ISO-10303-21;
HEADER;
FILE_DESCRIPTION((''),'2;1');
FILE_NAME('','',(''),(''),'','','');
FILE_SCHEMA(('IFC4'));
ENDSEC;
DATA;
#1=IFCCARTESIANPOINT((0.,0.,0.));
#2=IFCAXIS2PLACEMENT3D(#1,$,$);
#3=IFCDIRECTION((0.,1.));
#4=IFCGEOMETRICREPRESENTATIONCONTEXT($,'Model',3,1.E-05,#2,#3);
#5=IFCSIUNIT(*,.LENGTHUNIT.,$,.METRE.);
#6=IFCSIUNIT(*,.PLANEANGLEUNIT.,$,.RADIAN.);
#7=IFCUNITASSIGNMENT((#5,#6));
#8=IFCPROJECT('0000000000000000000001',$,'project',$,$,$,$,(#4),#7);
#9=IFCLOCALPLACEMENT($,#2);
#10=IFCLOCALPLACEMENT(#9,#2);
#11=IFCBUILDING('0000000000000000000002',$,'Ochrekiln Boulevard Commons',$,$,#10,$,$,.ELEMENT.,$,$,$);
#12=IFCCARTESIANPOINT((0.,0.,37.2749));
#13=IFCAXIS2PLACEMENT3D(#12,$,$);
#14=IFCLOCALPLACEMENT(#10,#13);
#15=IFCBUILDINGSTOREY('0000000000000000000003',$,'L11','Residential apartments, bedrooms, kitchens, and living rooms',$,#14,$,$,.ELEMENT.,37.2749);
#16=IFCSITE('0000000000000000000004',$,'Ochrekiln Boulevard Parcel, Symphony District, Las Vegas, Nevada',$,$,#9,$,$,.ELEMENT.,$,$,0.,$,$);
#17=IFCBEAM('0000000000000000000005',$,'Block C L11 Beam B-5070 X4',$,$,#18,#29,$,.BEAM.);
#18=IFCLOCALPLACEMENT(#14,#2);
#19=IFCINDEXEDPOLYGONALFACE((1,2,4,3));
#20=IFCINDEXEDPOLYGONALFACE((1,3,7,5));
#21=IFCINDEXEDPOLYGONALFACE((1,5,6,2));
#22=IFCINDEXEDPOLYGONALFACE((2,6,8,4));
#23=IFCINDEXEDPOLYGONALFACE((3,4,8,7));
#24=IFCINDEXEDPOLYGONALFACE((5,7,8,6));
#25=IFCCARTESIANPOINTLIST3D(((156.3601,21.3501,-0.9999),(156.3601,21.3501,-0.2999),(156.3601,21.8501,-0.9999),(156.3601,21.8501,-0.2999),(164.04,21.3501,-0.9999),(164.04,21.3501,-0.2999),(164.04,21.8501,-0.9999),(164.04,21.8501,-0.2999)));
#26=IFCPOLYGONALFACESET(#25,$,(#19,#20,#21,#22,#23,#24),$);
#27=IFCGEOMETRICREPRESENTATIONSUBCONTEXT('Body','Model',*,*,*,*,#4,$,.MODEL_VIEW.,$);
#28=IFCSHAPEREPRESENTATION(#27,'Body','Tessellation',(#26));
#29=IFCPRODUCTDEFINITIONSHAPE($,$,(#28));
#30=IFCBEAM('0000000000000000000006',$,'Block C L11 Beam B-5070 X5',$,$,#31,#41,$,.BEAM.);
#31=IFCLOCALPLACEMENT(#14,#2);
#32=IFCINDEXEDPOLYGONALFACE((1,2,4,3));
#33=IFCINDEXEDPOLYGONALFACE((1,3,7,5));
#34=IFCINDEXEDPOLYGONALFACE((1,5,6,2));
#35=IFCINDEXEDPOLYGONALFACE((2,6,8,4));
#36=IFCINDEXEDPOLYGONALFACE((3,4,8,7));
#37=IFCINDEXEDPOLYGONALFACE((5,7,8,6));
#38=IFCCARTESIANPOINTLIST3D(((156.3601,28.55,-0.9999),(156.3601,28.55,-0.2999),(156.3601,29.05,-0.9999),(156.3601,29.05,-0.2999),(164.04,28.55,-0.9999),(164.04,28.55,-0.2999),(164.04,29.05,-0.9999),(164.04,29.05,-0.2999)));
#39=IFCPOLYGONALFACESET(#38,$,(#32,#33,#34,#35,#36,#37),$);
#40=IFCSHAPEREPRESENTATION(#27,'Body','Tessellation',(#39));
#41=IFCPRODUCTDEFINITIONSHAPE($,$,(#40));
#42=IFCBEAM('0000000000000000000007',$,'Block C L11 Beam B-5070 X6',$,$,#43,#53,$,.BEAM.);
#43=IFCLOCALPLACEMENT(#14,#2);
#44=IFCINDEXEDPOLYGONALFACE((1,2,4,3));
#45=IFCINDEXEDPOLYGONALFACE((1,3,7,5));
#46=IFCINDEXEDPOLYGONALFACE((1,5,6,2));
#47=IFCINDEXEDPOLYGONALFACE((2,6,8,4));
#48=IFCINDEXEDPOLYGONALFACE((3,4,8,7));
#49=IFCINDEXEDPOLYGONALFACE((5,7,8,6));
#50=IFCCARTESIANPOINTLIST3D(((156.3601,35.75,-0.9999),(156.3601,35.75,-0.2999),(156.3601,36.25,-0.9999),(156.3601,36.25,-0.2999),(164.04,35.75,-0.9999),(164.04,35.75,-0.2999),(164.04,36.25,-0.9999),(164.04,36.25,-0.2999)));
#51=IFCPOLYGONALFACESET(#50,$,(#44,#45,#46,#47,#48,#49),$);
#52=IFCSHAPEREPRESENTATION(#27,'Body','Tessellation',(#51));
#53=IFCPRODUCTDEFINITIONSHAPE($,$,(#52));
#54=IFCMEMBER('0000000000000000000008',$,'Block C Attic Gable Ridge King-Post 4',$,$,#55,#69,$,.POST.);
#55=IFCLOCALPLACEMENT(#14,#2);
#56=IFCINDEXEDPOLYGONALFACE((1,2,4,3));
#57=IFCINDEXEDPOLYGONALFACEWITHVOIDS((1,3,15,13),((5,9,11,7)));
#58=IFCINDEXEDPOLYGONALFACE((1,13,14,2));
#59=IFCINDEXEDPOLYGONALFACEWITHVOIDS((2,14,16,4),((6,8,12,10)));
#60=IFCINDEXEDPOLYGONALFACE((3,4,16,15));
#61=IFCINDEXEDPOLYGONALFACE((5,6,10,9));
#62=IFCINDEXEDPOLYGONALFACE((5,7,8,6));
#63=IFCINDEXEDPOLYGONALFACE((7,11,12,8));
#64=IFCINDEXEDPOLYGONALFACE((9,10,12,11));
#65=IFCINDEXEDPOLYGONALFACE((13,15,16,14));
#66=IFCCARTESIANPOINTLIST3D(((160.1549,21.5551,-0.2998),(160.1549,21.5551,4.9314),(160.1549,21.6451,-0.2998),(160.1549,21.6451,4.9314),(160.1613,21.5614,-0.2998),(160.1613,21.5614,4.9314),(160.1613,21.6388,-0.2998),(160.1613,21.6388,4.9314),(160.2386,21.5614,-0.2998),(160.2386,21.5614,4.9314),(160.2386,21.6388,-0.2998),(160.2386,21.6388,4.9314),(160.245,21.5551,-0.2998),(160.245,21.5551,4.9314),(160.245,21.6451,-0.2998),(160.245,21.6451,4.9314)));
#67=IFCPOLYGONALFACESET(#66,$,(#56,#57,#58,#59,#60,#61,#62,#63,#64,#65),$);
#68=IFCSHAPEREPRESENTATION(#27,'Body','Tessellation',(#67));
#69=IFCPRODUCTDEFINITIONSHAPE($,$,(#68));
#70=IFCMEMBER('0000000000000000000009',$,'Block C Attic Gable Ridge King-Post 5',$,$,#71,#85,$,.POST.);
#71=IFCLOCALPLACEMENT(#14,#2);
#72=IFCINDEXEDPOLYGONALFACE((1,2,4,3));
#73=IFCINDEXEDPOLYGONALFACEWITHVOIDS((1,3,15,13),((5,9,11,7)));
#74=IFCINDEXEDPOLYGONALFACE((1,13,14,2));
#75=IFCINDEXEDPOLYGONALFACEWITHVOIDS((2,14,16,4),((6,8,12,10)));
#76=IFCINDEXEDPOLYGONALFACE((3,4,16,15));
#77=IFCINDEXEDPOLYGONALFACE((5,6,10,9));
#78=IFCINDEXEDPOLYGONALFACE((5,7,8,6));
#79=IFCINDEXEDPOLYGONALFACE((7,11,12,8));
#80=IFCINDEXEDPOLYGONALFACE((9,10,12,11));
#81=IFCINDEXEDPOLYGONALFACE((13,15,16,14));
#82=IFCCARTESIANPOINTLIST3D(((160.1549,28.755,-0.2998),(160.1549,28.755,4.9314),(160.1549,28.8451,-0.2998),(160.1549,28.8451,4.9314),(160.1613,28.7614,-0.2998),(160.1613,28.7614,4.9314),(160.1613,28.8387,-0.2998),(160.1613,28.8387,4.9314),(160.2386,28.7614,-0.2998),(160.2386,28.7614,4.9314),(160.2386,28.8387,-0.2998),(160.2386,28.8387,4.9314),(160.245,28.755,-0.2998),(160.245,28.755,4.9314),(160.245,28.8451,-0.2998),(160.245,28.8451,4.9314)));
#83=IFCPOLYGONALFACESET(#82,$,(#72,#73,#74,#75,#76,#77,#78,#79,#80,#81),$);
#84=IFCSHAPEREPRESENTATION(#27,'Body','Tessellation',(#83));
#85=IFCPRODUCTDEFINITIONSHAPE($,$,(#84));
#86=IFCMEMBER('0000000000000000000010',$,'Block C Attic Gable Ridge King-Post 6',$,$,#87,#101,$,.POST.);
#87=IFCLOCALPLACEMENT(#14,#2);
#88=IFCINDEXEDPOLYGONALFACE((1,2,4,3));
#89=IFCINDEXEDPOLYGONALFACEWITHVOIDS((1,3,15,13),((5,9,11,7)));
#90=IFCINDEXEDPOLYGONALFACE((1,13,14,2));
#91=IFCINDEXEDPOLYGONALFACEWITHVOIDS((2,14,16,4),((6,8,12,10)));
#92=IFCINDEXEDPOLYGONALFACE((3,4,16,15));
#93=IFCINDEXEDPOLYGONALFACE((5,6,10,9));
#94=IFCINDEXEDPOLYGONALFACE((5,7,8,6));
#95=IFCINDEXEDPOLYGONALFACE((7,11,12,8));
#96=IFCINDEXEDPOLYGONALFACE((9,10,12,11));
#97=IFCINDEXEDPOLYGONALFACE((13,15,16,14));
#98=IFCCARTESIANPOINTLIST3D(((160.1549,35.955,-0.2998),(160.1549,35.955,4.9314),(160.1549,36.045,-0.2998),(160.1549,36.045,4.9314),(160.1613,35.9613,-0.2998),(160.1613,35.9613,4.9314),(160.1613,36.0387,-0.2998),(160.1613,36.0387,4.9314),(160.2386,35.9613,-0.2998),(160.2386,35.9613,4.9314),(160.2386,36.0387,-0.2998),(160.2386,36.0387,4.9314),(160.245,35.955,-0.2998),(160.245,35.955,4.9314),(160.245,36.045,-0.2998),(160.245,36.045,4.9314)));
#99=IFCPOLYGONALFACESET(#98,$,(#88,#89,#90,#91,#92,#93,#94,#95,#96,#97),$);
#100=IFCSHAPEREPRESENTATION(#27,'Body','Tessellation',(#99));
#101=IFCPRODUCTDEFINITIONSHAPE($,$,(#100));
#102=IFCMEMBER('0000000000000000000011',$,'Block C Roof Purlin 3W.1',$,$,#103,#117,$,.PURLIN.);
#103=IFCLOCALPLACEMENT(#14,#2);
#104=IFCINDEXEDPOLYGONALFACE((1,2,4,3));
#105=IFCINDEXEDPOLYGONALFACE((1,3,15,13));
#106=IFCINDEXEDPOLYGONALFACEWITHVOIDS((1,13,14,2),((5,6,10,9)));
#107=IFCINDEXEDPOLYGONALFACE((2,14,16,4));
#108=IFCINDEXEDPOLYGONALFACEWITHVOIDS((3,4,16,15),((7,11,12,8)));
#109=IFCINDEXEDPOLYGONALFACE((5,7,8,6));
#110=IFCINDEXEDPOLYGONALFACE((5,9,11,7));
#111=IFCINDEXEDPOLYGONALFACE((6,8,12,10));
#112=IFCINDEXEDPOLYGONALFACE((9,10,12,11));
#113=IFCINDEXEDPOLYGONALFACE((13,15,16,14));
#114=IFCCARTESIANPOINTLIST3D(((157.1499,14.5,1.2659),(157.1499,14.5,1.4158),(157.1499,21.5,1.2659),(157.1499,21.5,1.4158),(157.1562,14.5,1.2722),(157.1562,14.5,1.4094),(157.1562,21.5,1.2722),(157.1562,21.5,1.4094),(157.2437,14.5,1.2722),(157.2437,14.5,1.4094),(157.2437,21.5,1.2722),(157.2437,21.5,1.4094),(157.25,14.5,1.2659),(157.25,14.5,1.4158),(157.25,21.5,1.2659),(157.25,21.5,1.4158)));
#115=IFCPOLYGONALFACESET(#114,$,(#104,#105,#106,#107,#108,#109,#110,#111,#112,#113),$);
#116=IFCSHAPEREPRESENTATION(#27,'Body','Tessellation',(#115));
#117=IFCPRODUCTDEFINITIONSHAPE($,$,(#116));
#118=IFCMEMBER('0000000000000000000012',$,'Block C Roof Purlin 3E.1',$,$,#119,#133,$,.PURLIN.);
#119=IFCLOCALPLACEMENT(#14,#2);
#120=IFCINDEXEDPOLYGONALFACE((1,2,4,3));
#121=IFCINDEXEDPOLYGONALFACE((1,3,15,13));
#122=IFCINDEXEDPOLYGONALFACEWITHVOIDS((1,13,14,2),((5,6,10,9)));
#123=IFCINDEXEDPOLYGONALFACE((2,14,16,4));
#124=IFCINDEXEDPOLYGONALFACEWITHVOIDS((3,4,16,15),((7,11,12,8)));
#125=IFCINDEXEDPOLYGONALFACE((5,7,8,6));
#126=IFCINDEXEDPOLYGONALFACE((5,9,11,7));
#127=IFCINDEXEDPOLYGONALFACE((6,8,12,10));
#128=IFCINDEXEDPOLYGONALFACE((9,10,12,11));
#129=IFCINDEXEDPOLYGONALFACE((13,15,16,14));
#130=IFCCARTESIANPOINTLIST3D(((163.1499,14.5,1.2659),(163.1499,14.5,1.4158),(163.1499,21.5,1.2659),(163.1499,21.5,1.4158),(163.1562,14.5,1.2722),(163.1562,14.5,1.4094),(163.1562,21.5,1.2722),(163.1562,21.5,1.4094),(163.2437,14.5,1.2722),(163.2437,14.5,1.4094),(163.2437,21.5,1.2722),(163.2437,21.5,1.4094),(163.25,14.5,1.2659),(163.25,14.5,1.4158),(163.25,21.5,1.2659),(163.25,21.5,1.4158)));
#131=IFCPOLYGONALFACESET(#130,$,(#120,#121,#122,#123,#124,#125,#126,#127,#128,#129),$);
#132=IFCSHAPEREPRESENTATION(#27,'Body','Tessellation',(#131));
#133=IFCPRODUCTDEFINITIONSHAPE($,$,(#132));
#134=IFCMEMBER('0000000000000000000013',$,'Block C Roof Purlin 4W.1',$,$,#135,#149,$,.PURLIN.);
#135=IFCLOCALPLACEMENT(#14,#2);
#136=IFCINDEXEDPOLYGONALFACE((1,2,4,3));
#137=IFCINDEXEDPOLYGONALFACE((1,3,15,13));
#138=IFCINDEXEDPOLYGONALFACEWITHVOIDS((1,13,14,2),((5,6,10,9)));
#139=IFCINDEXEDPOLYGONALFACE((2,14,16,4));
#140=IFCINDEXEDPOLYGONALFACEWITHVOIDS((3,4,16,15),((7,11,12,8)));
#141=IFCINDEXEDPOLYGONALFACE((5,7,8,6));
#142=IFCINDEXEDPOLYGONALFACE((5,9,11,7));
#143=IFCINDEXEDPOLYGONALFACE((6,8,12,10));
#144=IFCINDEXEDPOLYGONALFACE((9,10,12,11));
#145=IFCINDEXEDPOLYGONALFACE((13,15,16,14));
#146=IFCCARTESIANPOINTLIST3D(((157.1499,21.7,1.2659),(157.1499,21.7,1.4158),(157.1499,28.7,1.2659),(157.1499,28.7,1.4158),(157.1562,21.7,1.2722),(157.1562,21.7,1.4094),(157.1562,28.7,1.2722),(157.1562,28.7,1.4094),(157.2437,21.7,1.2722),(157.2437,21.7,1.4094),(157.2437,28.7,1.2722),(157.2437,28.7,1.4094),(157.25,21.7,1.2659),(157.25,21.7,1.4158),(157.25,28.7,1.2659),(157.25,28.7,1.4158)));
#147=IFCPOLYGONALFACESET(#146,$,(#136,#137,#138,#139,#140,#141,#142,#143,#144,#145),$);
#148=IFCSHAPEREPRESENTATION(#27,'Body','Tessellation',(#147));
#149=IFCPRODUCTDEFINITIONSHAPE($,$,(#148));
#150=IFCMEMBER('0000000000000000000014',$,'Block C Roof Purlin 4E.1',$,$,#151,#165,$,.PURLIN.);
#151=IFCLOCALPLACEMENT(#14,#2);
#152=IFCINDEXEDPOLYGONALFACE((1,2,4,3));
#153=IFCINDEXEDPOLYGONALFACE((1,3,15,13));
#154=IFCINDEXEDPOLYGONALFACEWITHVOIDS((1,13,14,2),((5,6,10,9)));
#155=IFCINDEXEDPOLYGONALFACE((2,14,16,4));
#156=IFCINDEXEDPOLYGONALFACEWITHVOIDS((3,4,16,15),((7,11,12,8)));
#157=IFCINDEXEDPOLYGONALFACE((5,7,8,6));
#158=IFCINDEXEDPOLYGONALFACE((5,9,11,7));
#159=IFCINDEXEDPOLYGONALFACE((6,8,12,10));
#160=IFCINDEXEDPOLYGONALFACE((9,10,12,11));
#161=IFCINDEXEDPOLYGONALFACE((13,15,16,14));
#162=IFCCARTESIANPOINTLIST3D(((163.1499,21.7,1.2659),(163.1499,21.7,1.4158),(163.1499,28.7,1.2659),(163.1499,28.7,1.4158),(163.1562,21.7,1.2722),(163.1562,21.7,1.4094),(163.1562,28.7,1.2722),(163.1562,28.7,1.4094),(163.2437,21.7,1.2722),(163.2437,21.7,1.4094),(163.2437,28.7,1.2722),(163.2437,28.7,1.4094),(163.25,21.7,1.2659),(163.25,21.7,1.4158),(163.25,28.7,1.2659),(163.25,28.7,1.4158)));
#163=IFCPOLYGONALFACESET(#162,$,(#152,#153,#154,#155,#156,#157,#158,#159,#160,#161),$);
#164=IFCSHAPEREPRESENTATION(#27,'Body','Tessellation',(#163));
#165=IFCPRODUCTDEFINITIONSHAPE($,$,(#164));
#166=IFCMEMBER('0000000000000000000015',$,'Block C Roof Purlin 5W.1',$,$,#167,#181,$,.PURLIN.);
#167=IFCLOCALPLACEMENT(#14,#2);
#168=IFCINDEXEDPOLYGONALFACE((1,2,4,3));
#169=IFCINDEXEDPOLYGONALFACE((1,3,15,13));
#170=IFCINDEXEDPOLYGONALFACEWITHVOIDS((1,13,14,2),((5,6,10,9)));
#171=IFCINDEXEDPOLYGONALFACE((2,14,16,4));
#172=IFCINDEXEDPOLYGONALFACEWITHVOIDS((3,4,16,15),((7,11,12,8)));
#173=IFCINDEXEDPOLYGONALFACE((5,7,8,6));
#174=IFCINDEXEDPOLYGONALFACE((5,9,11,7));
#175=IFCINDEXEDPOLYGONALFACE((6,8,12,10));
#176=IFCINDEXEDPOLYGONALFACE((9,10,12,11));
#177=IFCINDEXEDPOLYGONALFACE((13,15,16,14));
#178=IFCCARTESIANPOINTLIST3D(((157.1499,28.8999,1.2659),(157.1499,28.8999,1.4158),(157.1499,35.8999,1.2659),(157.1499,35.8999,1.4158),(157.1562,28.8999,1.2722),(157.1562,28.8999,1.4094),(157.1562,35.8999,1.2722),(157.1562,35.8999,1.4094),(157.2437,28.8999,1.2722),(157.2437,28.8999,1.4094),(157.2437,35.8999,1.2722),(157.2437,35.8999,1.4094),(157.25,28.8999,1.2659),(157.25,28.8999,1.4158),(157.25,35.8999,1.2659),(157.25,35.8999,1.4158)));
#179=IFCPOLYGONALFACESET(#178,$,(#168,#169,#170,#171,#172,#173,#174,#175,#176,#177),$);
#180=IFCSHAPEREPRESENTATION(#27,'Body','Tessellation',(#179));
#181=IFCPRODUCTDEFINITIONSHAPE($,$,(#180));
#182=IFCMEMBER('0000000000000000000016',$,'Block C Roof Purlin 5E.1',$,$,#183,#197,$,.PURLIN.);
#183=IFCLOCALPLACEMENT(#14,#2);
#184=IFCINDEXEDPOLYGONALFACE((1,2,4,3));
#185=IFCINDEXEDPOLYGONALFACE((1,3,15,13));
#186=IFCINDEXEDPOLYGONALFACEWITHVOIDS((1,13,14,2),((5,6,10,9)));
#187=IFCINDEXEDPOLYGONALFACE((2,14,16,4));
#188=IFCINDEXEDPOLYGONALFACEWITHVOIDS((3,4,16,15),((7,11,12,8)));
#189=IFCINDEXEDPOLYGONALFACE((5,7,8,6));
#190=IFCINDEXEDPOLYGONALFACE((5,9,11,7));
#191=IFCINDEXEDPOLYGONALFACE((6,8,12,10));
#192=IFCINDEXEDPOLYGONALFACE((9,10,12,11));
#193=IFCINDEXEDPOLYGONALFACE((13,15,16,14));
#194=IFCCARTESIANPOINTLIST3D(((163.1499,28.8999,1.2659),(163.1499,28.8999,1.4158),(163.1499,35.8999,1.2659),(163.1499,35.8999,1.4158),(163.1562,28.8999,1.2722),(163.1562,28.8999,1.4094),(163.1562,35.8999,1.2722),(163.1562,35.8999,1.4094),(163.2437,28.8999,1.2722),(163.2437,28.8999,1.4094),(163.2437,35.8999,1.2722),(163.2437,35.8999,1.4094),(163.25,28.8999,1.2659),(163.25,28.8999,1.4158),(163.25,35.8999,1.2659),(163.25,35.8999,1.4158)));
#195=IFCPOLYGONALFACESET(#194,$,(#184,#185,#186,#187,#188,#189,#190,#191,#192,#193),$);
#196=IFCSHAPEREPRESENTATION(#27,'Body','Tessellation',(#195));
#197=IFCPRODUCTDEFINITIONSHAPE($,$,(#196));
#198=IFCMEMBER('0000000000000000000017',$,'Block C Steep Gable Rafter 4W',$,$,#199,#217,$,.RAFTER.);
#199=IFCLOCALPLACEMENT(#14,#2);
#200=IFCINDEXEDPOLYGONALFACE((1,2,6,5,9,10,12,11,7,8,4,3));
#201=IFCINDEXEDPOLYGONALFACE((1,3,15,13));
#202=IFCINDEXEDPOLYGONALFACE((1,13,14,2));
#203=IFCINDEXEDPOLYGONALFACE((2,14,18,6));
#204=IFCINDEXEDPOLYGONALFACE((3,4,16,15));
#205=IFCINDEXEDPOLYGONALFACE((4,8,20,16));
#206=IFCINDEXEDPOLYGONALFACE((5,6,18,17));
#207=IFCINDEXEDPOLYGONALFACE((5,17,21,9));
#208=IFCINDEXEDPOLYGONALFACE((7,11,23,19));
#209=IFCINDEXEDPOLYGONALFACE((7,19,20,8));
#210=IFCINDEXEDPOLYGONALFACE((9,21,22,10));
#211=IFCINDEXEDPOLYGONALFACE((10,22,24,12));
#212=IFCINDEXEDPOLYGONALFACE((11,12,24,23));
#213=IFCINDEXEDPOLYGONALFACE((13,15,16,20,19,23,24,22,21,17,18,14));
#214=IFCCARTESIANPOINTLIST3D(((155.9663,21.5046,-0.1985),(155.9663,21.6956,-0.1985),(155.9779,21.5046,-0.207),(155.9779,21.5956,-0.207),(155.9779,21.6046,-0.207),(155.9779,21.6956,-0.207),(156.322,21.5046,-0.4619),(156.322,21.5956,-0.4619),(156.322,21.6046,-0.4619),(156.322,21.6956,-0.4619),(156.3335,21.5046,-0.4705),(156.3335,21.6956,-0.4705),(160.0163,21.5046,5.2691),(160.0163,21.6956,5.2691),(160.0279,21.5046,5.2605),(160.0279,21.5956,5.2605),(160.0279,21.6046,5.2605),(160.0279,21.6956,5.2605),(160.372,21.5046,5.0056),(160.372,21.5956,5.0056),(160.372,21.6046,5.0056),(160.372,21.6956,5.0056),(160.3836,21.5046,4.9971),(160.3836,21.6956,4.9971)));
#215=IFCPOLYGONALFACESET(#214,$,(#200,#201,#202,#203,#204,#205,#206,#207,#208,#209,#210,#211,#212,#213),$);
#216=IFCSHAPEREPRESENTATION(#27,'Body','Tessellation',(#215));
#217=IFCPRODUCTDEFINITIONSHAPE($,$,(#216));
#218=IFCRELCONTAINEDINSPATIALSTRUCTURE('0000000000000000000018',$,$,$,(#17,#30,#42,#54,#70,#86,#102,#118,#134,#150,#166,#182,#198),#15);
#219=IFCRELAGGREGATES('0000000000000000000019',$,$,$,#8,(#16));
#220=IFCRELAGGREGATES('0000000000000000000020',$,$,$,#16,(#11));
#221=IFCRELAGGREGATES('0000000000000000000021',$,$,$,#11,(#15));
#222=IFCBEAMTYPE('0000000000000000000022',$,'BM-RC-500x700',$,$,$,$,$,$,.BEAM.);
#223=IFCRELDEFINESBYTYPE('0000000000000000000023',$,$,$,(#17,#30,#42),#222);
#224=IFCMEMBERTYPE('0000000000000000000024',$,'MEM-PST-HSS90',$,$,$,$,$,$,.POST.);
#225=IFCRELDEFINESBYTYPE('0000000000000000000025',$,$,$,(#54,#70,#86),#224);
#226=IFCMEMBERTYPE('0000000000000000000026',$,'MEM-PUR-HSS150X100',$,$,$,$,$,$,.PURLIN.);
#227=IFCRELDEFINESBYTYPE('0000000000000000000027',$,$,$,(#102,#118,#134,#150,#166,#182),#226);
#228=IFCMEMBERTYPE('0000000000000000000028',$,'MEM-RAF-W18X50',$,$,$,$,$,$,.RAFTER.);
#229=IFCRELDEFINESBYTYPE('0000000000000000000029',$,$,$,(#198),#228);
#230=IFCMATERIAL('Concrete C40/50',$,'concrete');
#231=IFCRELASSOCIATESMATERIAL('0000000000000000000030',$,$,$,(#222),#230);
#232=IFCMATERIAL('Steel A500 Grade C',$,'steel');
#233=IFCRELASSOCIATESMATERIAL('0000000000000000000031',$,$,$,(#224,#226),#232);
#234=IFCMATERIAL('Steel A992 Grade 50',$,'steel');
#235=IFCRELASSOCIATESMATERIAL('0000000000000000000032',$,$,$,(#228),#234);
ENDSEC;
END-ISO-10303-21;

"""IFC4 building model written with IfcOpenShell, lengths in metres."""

from ifc_helpers import new_model, si_unit, direction, frame, origin, origin_2d, place, context, subcontext, project, spatial, rectangle, hollow_rectangle, i_section, extrude, material, material_profile, profile_set, type_object, element, save


model = new_model("IFC4")

# Units and contexts
model_context = context("Model", 3, precision=1e-05, world=origin(), true_north=direction((0.0, 1.0)))
body_context = subcontext(model_context, "Body", "Model", "MODEL_VIEW")
ifc_project = project(units=[si_unit("LENGTHUNIT", "METRE"), si_unit("PLANEANGLEUNIT", "RADIAN")], contexts=[model_context])

# Site, building, storey
site_placement = place(None, origin())
site = spatial("IfcSite", under=ifc_project, at=site_placement, Name="Ochrekiln Boulevard Parcel, Symphony District, Las Vegas, Nevada", CompositionType="ELEMENT", RefElevation=0.0)
building_placement = place(site_placement, origin())
building = spatial("IfcBuilding", under=site, at=building_placement, Name="Ochrekiln Boulevard Commons", CompositionType="ELEMENT")
storey_placement = place(building_placement, frame((0.0, 0.0, 37.2749)))
storey = spatial("IfcBuildingStorey", under=building, at=storey_placement, Name="L11", Description="Residential apartments, bedrooms, kitchens, and living rooms", CompositionType="ELEMENT", Elevation=37.2749)

# Beams
ifc_material_1 = material(Name="Concrete C40/50", Category="concrete")
ifc_material_profile_1 = material_profile(ifc_material_1, rectangle(XDim=0.5, YDim=0.7, at=origin_2d()), Name="RC-BM-500x700")
ifc_profile_set_1 = profile_set([ifc_material_profile_1], Name="Concrete C40/50")
beam_type_1 = type_object("IfcBeamType", Name="BM-RC-500x700", PredefinedType="BEAM", material=ifc_profile_set_1)
for number, where, z_axis, x_axis, name in (
    (1, (156.3601, 21.6001, -0.6499), (1.0, 0.0, 0.0), (0.0, 1.0, 0.0), "Block C L11 Beam B-5070 X4"),
    (2, (156.3601, 28.8, -0.6499), (1.0, 0.0, 0.0), (0.0, 1.0, 0.0), "Block C L11 Beam B-5070 X5"),
    (3, (156.3601, 36.0, -0.6499), (1.0, 0.0, 0.0), (0.0, 1.0, 0.0), "Block C L11 Beam B-5070 X6"),
):
    element("IfcBeam", number, at=place(storey_placement, frame(where, z_axis=z_axis, x_axis=x_axis)), inside=storey, type_object=beam_type_1, Name=name, PredefinedType="BEAM", context=body_context, shape_type="SweptSolid", body=[
        extrude(rectangle(XDim=0.5, YDim=0.7, at=origin_2d()), origin(), (0.0, 0.0, 1.0), 7.6799),
    ])

# Members
ifc_material_2 = material(Name="Steel A500 Grade C", Category="steel")
ifc_material_profile_2 = material_profile(ifc_material_2, hollow_rectangle(XDim=0.0901, YDim=0.0901, WallThickness=0.0063, at=origin_2d()), Name="HSS90X90X6.4")
ifc_profile_set_2 = profile_set([ifc_material_profile_2], Name="Steel A500 Grade C")
member_type_1 = type_object("IfcMemberType", Name="MEM-PST-HSS90", PredefinedType="POST", material=ifc_profile_set_2)
for number, where, z_axis, x_axis, name in (
    (4, (160.2, 21.6001, -0.2998), (0.0, 0.0, 1.0), (1.0, 0.0, 0.0), "Block C Attic Gable Ridge King-Post 4"),
    (5, (160.2, 28.8, -0.2998), (0.0, 0.0, 1.0), (1.0, 0.0, 0.0), "Block C Attic Gable Ridge King-Post 5"),
    (6, (160.2, 36.0, -0.2998), (0.0, 0.0, 1.0), (1.0, 0.0, 0.0), "Block C Attic Gable Ridge King-Post 6"),
):
    element("IfcMember", number, at=place(storey_placement, frame(where, z_axis=z_axis, x_axis=x_axis)), inside=storey, type_object=member_type_1, Name=name, PredefinedType="POST", context=body_context, shape_type="SweptSolid", body=[
        extrude(hollow_rectangle(XDim=0.0901, YDim=0.0901, WallThickness=0.0063, at=origin_2d()), origin(), (0.0, 0.0, 1.0), 5.2312),
    ])
ifc_material_profile_3 = material_profile(ifc_material_2, hollow_rectangle(XDim=0.1001, YDim=0.1499, WallThickness=0.0063, at=origin_2d()), Name="HSS150X100X6.4")
ifc_profile_set_3 = profile_set([ifc_material_profile_3], Name="Steel A500 Grade C")
member_type_2 = type_object("IfcMemberType", Name="MEM-PUR-HSS150X100", PredefinedType="PURLIN", material=ifc_profile_set_3)
for number, where, z_axis, x_axis, name in (
    (7, (157.2, 14.5, 1.3408), (0.0, 1.0, 0.0), (-1.0, 0.0, 0.0), "Block C Roof Purlin 3W.1"),
    (8, (163.2, 14.5, 1.3408), (0.0, 1.0, 0.0), (-1.0, 0.0, 0.0), "Block C Roof Purlin 3E.1"),
    (9, (157.2, 21.7, 1.3408), (0.0, 1.0, 0.0), (-1.0, 0.0, 0.0), "Block C Roof Purlin 4W.1"),
    (10, (163.2, 21.7, 1.3408), (0.0, 1.0, 0.0), (-1.0, 0.0, 0.0), "Block C Roof Purlin 4E.1"),
    (11, (157.2, 28.8999, 1.3408), (0.0, 1.0, 0.0), (-1.0, 0.0, 0.0), "Block C Roof Purlin 5W.1"),
    (12, (163.2, 28.8999, 1.3408), (0.0, 1.0, 0.0), (-1.0, 0.0, 0.0), "Block C Roof Purlin 5E.1"),
):
    element("IfcMember", number, at=place(storey_placement, frame(where, z_axis=z_axis, x_axis=x_axis)), inside=storey, type_object=member_type_2, Name=name, PredefinedType="PURLIN", context=body_context, shape_type="SweptSolid", body=[
        extrude(hollow_rectangle(XDim=0.1001, YDim=0.1499, WallThickness=0.0063, at=origin_2d()), origin(), (0.0, 0.0, 1.0), 7.0),
    ])
ifc_material_3 = material(Name="Steel A992 Grade 50", Category="steel")
ifc_material_profile_4 = material_profile(ifc_material_3, i_section(OverallWidth=0.1909, OverallDepth=0.457, WebThickness=0.009, FlangeThickness=0.0144, at=origin_2d()), Name="W18X50")
ifc_profile_set_4 = profile_set([ifc_material_profile_4], Name="Steel A992 Grade 50")
member_type_3 = type_object("IfcMemberType", Name="MEM-RAF-W18X50", PredefinedType="RAFTER", material=ifc_profile_set_4)
for number, where, z_axis, x_axis, name in (
    (13, (156.1499, 21.6001, -0.3345), (0.59523, 0.0, 0.803555), (0.0, 1.0, 0.0), "Block C Steep Gable Rafter 4W"),
):
    element("IfcMember", number, at=place(storey_placement, frame(where, z_axis=z_axis, x_axis=x_axis)), inside=storey, type_object=member_type_3, Name=name, PredefinedType="RAFTER", context=body_context, shape_type="SweptSolid", body=[
        extrude(i_section(OverallWidth=0.1909, OverallDepth=0.457, WebThickness=0.009, FlangeThickness=0.0144, at=origin_2d()), origin(), (0.0, 0.0, 1.0), 6.8042),
    ])

save(model, "model.ifc")
